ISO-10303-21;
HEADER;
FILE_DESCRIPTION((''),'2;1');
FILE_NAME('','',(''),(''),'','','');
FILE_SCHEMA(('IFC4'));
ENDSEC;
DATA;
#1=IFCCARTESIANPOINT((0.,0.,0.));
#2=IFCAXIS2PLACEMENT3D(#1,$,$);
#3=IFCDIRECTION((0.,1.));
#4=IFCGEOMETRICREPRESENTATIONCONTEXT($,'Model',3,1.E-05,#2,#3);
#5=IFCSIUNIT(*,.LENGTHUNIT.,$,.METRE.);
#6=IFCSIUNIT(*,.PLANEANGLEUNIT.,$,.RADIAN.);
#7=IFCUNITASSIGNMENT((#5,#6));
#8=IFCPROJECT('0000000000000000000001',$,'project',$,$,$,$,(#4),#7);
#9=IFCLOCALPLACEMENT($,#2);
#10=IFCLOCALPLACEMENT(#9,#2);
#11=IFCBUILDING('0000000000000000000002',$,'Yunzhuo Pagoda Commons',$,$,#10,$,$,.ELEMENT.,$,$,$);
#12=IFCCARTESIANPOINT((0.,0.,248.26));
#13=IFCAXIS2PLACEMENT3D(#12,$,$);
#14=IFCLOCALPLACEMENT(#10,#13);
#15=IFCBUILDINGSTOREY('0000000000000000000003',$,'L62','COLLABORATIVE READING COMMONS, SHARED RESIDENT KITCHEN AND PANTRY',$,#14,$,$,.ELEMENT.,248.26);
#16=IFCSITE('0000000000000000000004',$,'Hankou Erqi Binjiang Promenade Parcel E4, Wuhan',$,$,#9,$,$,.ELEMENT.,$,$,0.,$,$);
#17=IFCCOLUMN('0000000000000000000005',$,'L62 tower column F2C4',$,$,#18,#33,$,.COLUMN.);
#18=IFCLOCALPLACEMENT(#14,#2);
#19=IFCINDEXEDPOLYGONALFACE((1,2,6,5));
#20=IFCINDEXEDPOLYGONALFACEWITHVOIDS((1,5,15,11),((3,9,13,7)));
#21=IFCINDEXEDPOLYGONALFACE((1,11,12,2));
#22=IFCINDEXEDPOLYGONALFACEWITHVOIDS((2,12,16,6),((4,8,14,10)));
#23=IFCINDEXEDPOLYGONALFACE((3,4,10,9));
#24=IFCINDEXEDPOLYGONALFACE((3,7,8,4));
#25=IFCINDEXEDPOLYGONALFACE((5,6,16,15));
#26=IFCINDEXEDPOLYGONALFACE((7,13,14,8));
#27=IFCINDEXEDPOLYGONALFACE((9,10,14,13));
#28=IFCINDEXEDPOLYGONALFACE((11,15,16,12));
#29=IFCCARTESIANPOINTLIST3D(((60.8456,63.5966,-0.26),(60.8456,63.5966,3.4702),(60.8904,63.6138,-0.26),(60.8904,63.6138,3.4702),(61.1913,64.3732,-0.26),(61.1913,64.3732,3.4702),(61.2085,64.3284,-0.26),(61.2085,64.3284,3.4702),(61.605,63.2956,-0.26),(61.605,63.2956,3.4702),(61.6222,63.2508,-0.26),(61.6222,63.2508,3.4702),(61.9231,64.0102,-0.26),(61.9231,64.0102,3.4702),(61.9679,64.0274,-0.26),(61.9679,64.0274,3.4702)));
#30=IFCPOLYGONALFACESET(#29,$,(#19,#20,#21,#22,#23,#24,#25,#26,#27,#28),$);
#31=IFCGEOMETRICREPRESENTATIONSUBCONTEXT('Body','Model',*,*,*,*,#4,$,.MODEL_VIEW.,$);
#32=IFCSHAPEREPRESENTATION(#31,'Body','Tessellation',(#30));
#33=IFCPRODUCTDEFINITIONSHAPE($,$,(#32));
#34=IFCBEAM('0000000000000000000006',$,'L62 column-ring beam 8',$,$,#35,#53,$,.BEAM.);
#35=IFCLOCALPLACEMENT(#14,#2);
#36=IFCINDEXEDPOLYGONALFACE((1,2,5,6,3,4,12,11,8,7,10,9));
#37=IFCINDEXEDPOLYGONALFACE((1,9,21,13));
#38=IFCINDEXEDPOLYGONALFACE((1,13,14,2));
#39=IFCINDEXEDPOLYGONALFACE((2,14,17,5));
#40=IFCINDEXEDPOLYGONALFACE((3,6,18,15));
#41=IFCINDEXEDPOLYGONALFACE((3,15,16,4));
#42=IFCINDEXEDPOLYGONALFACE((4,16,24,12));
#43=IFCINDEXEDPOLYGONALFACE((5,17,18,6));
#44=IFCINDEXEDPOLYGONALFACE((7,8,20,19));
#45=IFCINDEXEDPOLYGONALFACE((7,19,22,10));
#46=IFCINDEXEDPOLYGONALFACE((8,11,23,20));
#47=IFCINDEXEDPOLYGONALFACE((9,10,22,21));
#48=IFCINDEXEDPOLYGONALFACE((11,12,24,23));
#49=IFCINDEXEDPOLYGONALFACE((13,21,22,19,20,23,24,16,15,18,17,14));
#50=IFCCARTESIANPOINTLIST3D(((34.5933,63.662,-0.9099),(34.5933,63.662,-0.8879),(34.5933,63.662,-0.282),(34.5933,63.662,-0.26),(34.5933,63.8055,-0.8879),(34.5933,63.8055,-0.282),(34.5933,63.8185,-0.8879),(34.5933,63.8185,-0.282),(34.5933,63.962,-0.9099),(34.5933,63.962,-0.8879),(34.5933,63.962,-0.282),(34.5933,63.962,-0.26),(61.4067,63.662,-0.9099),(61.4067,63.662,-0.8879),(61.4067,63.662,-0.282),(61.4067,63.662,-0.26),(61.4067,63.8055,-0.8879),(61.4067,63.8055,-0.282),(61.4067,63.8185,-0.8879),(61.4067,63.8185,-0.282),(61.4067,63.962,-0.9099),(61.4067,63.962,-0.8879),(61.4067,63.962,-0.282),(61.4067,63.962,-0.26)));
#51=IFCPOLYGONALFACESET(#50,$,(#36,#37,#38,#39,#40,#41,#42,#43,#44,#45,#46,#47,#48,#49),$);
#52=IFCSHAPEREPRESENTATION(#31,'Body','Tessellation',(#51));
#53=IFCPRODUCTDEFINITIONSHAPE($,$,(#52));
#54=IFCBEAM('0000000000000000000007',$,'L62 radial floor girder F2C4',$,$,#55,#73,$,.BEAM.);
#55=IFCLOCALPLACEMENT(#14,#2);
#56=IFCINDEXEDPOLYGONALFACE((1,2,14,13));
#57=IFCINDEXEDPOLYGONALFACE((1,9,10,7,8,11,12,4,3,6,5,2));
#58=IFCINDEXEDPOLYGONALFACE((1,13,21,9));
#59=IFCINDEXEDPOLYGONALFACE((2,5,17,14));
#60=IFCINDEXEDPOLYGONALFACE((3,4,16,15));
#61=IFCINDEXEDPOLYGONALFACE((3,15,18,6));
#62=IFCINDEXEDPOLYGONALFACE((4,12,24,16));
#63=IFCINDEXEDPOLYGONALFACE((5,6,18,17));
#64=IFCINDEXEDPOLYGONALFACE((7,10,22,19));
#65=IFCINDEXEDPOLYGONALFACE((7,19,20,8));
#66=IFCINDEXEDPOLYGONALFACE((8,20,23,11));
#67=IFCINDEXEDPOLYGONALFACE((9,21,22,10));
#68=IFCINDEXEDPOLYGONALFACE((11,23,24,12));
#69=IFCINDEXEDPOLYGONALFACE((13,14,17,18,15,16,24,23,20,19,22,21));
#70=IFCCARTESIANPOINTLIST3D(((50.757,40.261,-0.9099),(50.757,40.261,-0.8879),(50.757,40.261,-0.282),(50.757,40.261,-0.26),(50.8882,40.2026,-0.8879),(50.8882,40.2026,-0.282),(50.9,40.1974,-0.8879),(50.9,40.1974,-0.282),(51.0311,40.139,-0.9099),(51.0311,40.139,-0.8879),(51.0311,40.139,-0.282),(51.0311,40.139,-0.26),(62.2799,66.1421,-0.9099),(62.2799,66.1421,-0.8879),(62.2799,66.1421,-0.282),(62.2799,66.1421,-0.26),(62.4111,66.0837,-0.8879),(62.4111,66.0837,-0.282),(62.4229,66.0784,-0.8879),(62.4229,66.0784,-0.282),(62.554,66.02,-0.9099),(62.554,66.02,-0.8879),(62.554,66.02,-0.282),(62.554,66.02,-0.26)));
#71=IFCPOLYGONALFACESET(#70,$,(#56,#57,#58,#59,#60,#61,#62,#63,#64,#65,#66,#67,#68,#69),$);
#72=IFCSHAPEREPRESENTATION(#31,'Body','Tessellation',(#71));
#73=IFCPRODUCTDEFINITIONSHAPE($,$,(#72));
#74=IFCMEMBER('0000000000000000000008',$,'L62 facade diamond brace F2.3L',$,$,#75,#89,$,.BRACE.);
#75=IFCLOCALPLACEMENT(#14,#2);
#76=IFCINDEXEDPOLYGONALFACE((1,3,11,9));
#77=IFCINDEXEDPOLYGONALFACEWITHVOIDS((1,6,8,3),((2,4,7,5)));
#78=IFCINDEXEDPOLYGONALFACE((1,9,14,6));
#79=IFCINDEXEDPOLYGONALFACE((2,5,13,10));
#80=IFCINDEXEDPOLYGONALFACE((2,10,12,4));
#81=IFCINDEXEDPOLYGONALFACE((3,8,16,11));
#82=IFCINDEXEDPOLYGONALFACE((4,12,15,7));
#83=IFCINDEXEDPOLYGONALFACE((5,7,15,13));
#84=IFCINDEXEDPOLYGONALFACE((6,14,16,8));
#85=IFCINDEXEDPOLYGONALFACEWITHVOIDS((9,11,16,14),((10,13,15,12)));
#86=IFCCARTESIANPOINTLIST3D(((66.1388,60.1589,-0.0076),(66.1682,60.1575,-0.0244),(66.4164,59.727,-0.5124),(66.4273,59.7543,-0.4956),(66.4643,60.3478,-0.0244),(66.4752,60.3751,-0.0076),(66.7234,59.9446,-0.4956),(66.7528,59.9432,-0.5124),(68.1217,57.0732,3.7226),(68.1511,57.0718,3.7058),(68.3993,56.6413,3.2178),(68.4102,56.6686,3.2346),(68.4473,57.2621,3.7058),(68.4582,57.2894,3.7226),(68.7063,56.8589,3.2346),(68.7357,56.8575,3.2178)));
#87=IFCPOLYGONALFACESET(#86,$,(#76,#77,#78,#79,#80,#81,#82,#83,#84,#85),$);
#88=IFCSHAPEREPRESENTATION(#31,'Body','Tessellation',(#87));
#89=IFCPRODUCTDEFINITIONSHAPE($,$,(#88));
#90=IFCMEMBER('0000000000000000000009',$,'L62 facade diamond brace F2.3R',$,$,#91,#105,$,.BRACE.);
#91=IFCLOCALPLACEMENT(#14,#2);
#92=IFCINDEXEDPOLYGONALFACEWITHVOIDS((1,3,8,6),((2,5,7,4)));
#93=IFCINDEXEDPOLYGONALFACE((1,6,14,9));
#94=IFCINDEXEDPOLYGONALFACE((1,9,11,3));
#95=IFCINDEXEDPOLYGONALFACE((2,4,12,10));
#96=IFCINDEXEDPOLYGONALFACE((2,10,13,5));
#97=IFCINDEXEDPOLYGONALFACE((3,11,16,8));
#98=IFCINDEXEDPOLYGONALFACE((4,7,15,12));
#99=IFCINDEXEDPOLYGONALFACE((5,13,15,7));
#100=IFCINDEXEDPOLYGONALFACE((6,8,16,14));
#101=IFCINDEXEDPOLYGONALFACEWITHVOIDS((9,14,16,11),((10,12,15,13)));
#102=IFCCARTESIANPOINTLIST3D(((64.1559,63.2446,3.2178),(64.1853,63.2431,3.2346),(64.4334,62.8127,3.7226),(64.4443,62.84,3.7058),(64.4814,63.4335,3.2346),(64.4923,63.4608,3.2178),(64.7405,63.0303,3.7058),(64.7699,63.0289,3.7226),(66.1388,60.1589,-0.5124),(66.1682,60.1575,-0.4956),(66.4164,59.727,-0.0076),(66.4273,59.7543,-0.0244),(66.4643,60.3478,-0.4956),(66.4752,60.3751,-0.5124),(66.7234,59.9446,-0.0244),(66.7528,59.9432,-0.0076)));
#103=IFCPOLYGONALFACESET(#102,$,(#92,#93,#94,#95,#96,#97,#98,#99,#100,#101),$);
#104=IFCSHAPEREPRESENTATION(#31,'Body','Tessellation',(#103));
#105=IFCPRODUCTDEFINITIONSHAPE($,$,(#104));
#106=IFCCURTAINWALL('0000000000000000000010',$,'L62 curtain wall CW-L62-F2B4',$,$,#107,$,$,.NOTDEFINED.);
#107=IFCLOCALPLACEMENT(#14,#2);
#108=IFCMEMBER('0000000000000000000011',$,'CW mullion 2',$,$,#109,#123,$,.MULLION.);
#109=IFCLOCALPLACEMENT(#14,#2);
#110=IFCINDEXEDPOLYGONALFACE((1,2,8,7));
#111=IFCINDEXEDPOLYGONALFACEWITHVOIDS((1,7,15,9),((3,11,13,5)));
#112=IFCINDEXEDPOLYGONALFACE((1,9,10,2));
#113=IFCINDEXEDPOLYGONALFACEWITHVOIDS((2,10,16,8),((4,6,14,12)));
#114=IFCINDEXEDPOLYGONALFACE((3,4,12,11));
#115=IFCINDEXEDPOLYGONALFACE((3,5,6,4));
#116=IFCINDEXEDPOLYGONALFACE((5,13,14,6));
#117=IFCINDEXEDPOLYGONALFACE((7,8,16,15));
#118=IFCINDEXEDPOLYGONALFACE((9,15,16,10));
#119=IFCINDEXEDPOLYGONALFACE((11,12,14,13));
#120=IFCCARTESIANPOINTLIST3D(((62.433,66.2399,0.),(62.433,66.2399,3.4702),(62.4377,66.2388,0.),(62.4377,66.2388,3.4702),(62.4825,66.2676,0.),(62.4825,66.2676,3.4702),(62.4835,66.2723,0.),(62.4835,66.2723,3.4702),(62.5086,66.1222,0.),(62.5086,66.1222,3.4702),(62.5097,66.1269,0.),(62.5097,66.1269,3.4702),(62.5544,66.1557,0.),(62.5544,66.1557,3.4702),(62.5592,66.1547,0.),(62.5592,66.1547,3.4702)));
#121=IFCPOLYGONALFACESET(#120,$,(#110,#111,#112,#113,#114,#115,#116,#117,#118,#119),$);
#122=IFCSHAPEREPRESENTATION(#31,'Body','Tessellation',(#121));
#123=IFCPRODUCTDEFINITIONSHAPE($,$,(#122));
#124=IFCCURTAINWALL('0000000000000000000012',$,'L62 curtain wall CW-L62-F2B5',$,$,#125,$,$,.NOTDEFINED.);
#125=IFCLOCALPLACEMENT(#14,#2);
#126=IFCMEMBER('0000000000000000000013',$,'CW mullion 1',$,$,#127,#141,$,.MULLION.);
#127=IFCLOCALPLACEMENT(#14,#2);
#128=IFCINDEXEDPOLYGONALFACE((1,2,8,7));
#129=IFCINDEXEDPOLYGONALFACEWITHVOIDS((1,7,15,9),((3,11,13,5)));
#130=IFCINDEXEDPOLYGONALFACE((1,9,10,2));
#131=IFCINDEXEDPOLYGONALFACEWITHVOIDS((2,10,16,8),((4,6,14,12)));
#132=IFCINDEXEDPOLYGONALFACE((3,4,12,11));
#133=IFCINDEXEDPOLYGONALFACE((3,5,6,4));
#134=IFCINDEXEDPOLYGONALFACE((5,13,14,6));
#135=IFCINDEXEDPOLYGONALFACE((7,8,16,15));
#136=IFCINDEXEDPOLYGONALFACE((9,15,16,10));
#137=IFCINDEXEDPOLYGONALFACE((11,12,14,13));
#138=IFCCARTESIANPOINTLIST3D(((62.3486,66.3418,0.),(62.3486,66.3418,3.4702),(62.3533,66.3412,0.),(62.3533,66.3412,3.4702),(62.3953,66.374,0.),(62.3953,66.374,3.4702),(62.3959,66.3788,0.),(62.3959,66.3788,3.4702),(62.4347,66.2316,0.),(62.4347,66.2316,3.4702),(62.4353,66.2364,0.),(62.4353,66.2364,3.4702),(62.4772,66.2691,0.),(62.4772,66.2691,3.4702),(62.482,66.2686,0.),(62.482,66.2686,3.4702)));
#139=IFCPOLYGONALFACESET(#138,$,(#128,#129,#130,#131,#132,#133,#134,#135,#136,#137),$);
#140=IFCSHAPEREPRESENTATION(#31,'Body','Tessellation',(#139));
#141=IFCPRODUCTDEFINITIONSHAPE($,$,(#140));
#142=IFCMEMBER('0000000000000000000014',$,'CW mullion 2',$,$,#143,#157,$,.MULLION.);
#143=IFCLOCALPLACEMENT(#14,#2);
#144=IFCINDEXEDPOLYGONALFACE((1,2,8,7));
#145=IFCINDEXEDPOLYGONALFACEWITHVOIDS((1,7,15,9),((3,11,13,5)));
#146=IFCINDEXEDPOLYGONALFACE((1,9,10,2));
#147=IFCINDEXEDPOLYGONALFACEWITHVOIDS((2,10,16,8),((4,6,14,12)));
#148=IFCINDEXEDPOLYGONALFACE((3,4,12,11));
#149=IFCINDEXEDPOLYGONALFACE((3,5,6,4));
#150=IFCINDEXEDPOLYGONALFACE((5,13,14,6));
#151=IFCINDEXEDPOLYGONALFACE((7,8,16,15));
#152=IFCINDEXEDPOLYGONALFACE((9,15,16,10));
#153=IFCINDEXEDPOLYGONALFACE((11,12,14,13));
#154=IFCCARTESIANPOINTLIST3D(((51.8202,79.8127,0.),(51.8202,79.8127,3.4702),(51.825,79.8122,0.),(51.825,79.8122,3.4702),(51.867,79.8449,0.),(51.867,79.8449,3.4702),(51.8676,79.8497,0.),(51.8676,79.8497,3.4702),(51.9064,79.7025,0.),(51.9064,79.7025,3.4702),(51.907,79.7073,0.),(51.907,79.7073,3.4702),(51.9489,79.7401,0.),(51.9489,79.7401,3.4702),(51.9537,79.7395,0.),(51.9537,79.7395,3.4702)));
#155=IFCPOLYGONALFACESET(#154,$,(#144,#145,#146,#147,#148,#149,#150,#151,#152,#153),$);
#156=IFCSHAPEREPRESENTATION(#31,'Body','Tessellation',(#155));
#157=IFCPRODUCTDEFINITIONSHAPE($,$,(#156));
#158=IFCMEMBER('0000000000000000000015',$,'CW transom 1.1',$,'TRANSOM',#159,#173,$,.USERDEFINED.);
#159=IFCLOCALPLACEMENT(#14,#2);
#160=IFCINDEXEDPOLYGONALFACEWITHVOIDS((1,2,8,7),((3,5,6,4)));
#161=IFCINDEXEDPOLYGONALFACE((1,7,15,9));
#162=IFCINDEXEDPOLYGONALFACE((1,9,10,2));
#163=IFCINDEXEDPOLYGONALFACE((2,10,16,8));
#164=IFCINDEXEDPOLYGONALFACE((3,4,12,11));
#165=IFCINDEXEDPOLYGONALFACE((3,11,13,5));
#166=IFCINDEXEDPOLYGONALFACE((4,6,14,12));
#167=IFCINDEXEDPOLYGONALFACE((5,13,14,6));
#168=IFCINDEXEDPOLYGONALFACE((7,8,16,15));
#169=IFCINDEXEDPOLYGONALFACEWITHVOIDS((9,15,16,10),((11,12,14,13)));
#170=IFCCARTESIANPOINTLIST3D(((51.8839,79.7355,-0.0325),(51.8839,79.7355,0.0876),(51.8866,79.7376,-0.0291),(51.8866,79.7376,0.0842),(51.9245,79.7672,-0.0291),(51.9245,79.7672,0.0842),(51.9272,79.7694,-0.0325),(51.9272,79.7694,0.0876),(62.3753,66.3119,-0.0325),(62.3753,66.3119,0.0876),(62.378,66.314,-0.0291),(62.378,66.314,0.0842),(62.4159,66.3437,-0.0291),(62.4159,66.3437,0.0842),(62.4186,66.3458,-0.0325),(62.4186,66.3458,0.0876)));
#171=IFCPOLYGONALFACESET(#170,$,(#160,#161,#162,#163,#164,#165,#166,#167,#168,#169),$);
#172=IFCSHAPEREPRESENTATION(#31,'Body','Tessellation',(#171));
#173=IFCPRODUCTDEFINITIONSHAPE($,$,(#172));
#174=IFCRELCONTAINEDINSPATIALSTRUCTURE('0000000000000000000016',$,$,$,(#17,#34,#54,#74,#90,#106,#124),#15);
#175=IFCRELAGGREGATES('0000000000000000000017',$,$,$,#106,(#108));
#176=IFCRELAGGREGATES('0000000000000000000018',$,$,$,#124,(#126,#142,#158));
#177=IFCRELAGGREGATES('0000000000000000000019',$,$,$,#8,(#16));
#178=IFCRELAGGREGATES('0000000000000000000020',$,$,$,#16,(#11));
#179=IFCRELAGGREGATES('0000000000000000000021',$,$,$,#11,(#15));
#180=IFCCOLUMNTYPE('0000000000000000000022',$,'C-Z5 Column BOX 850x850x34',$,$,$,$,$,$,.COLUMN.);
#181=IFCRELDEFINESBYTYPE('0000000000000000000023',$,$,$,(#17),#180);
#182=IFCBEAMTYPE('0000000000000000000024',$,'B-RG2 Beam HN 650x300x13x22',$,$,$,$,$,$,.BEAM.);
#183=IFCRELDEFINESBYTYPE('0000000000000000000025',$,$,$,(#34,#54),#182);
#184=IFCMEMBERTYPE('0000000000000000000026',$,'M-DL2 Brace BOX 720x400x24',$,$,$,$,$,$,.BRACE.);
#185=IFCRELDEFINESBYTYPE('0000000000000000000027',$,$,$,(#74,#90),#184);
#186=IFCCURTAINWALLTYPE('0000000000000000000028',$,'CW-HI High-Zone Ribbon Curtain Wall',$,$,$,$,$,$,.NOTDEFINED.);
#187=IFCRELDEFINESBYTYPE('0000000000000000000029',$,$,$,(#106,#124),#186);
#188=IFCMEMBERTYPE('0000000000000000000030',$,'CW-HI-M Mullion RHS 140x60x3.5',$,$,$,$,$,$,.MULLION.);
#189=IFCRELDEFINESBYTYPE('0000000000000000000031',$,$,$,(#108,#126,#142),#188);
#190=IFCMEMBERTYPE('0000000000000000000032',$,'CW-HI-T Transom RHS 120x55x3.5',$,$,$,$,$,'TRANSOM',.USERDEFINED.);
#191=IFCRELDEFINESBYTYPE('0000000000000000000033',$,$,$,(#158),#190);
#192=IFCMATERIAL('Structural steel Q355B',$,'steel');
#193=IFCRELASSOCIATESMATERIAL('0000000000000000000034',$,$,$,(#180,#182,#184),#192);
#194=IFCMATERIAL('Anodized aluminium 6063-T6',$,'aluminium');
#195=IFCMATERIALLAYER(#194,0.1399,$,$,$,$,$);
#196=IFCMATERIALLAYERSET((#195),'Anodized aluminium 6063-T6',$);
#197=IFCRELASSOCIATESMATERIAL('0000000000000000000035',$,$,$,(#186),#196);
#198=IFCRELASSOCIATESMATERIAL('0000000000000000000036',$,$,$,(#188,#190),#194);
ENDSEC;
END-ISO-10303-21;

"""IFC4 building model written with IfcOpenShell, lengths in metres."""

from ifc_helpers import new_model, si_unit, direction, frame, origin, origin_2d, place, context, subcontext, project, spatial, hollow_rectangle, i_section, extrude, source, transform, mapped, material, layer, layer_set, material_profile, profile_set, type_object, element, aggregate, save


model = new_model("IFC4")

# Units and contexts
model_context = context("Model", 3, precision=1e-05, world=origin(), true_north=direction((0.0, 1.0)))
body_context = subcontext(model_context, "Body", "Model", "MODEL_VIEW")
ifc_project = project(units=[si_unit("LENGTHUNIT", "METRE"), si_unit("PLANEANGLEUNIT", "RADIAN")], contexts=[model_context])

# Site, building, storey
site_placement = place(None, origin())
site = spatial("IfcSite", under=ifc_project, at=site_placement, Name="Hankou Erqi Binjiang Promenade Parcel E4, Wuhan", CompositionType="ELEMENT", RefElevation=0.0)
building_placement = place(site_placement, origin())
building = spatial("IfcBuilding", under=site, at=building_placement, Name="Yunzhuo Pagoda Commons", CompositionType="ELEMENT")
storey_placement = place(building_placement, frame((0.0, 0.0, 248.26)))
storey = spatial("IfcBuildingStorey", under=building, at=storey_placement, Name="L62", Description="COLLABORATIVE READING COMMONS, SHARED RESIDENT KITCHEN AND PANTRY", CompositionType="ELEMENT", Elevation=248.26)

# Column
ifc_material_1 = material(Name="Structural steel Q355B", Category="steel")
ifc_material_profile_1 = material_profile(ifc_material_1, hollow_rectangle(XDim=0.8501, YDim=0.8501, WallThickness=0.0339, at=origin_2d()), Name="Structural steel Q355B")
ifc_profile_set_1 = profile_set([ifc_material_profile_1], Name="Structural steel Q355B")
column_type = type_object("IfcColumnType", Name="C-Z5 Column BOX 850x850x34", PredefinedType="COLUMN", material=ifc_profile_set_1)
shared_shape_1 = source(origin(), body_context, "Body", "SweptSolid", [
    extrude(hollow_rectangle(XDim=0.8501, YDim=0.8501, WallThickness=0.0339, at=origin_2d()), origin(), (0.0, 0.0, 1.0), 3.7302),
])
column_placement = place(storey_placement, frame((61.4067, 63.812, -0.26), z_axis=(0.0, 0.0, 1.0), x_axis=(-0.913545, 0.406737, 0.0)))
element("IfcColumn", 1, at=column_placement, inside=storey, type_object=column_type, Name="L62 tower column F2C4", PredefinedType="COLUMN", context=body_context, shape_type="MappedRepresentation", body=[
    mapped(shared_shape_1, transform((0.0, 0.0, 0.0), scale=1.0)),
])

# Beams
ifc_material_profile_2 = material_profile(ifc_material_1, i_section(OverallWidth=0.3, OverallDepth=0.6499, WebThickness=0.0129, FlangeThickness=0.022, at=origin_2d()), Name="Structural steel Q355B")
ifc_profile_set_2 = profile_set([ifc_material_profile_2], Name="Structural steel Q355B")
beam_type = type_object("IfcBeamType", Name="B-RG2 Beam HN 650x300x13x22", PredefinedType="BEAM", material=ifc_profile_set_2)
shared_shape_2 = source(origin(), body_context, "Body", "SweptSolid", [
    extrude(i_section(OverallWidth=0.3, OverallDepth=0.6499, WebThickness=0.0129, FlangeThickness=0.022, at=origin_2d()), origin(), (0.0, 0.0, 1.0), 26.8135),
])
beam_1_placement = place(storey_placement, frame((61.4067, 63.812, -0.585), z_axis=(-1.0, 0.0, 0.0), x_axis=(0.0, -1.0, 0.0)))
element("IfcBeam", 2, at=beam_1_placement, inside=storey, type_object=beam_type, Name="L62 column-ring beam 8", PredefinedType="BEAM", context=body_context, shape_type="MappedRepresentation", body=[
    mapped(shared_shape_2, transform((0.0, 0.0, 0.0), scale=1.0)),
])
shared_shape_3 = source(origin(), body_context, "Body", "SweptSolid", [
    extrude(i_section(OverallWidth=0.3, OverallDepth=0.6499, WebThickness=0.0129, FlangeThickness=0.022, at=origin_2d()), origin(), (0.0, 0.0, 1.0), 28.3303),
])
beam_2_placement = place(storey_placement, frame((62.417, 66.0811, -0.585), z_axis=(-0.406735, -0.913546, 0.0), x_axis=(0.913546, -0.406735, 0.0)))
element("IfcBeam", 3, at=beam_2_placement, inside=storey, type_object=beam_type, Name="L62 radial floor girder F2C4", PredefinedType="BEAM", context=body_context, shape_type="MappedRepresentation", body=[
    mapped(shared_shape_3, transform((0.0, 0.0, 0.0), scale=1.0)),
])

# Members
ifc_material_profile_3 = material_profile(ifc_material_1, hollow_rectangle(XDim=0.3999, YDim=0.72, WallThickness=0.0239, at=origin_2d()), Name="Structural steel Q355B")
ifc_profile_set_3 = profile_set([ifc_material_profile_3], Name="Structural steel Q355B")
member_type_1 = type_object("IfcMemberType", Name="M-DL2 Brace BOX 720x400x24", PredefinedType="BRACE", material=ifc_profile_set_3)
shared_shape_4 = source(origin(), body_context, "Body", "SweptSolid", [
    extrude(hollow_rectangle(XDim=0.3999, YDim=0.72, WallThickness=0.0239, at=origin_2d()), origin(), (0.0, 0.0, 1.0), 5.2314),
])
for number, where, z_axis, x_axis, name in (
    (4, (66.4458, 60.051, -0.26), (0.379037, -0.589836, 0.713039), (0.841271, 0.540613, 0.0), "L62 facade diamond brace F2.3L"),
    (5, (66.4458, 60.051, -0.26), (-0.379037, 0.589836, 0.713039), (-0.841271, -0.540613, 0.0), "L62 facade diamond brace F2.3R"),
):
    element("IfcMember", number, at=place(storey_placement, frame(where, z_axis=z_axis, x_axis=x_axis)), inside=storey, type_object=member_type_1, Name=name, PredefinedType="BRACE", context=body_context, shape_type="MappedRepresentation", body=[
        mapped(shared_shape_4, transform((0.0, 0.0, 0.0), scale=1.0)),
    ])

# Curtain wall, member
ifc_material_2 = material(Name="Anodized aluminium 6063-T6", Category="aluminium")
ifc_layer_1 = layer(ifc_material_2, 0.1399)
ifc_layer_set_1 = layer_set([ifc_layer_1], Name="Anodized aluminium 6063-T6")
curtain_wall_type = type_object("IfcCurtainWallType", Name="CW-HI High-Zone Ribbon Curtain Wall", PredefinedType="NOTDEFINED", material=ifc_layer_set_1)
curtain_wall_1_placement = place(storey_placement, origin())
curtain_wall_1 = element("IfcCurtainWall", 6, at=curtain_wall_1_placement, inside=storey, type_object=curtain_wall_type, Name="L62 curtain wall CW-L62-F2B4", PredefinedType="NOTDEFINED")
ifc_material_profile_4 = material_profile(ifc_material_2, hollow_rectangle(XDim=0.0601, YDim=0.1399, WallThickness=0.0034, at=origin_2d()), Name="Anodized aluminium 6063-T6")
ifc_profile_set_4 = profile_set([ifc_material_profile_4], Name="Anodized aluminium 6063-T6")
member_type_2 = type_object("IfcMemberType", Name="CW-HI-M Mullion RHS 140x60x3.5", PredefinedType="MULLION", material=ifc_profile_set_4)
shared_shape_5 = source(origin(), body_context, "Body", "SweptSolid", [
    extrude(hollow_rectangle(XDim=0.0601, YDim=0.1399, WallThickness=0.0034, at=origin_2d()), origin(), (0.0, 0.0, 1.0), 3.4702),
])
member_1_placement = place(storey_placement, frame((62.4961, 66.1973, 0.0), z_axis=(0.0, 0.0, 1.0), x_axis=(-0.841269, -0.540617, 0.0)))
member_1 = element("IfcMember", 7, at=member_1_placement, type_object=member_type_2, Name="CW mullion 2", PredefinedType="MULLION", context=body_context, shape_type="MappedRepresentation", body=[
    mapped(shared_shape_5, transform((0.0, 0.0, 0.0), scale=1.0)),
])

# Curtain wall, members
curtain_wall_2_placement = place(storey_placement, origin())
curtain_wall_2 = element("IfcCurtainWall", 8, at=curtain_wall_2_placement, inside=storey, type_object=curtain_wall_type, Name="L62 curtain wall CW-L62-F2B5", PredefinedType="NOTDEFINED")
member_2_placement = place(storey_placement, frame((62.4153, 66.3052, 0.0), z_axis=(0.0, 0.0, 1.0), x_axis=(-0.787911, -0.615789, 0.0)))
member_2 = element("IfcMember", 9, at=member_2_placement, type_object=member_type_2, Name="CW mullion 1", PredefinedType="MULLION", context=body_context, shape_type="MappedRepresentation", body=[
    mapped(shared_shape_5, transform((0.0, 0.0, 0.0), scale=1.0)),
])
member_3_placement = place(storey_placement, frame((51.887, 79.7761, 0.0), z_axis=(0.0, 0.0, 1.0), x_axis=(-0.787911, -0.615789, 0.0)))
member_3 = element("IfcMember", 10, at=member_3_placement, type_object=member_type_2, Name="CW mullion 2", PredefinedType="MULLION", context=body_context, shape_type="MappedRepresentation", body=[
    mapped(shared_shape_5, transform((0.0, 0.0, 0.0), scale=1.0)),
])
ifc_material_profile_5 = material_profile(ifc_material_2, hollow_rectangle(XDim=0.0549, YDim=0.1201, WallThickness=0.0034, at=origin_2d()), Name="Anodized aluminium 6063-T6")
ifc_profile_set_5 = profile_set([ifc_material_profile_5], Name="Anodized aluminium 6063-T6")
member_type_3 = type_object("IfcMemberType", Name="CW-HI-T Transom RHS 120x55x3.5", ElementType="TRANSOM", PredefinedType="USERDEFINED", material=ifc_profile_set_5)
shared_shape_6 = source(origin(), body_context, "Body", "SweptSolid", [
    extrude(hollow_rectangle(XDim=0.0549, YDim=0.1201, WallThickness=0.0034, at=origin_2d()), origin(), (0.0, 0.0, 1.0), 17.0371),
])
member_4_placement = place(storey_placement, frame((62.397, 66.3289, 0.0276), z_axis=(-0.6158, 0.787902, 0.0), x_axis=(-0.787902, -0.6158, 0.0)))
member_4 = element("IfcMember", 11, at=member_4_placement, type_object=member_type_3, Name="CW transom 1.1", ObjectType="TRANSOM", PredefinedType="USERDEFINED", context=body_context, shape_type="MappedRepresentation", body=[
    mapped(shared_shape_6, transform((0.0, 0.0, 0.0), scale=1.0)),
])

aggregate(curtain_wall_1, [member_1])

aggregate(curtain_wall_2, [member_2, member_3, member_4])

save(model, "model.ifc")
